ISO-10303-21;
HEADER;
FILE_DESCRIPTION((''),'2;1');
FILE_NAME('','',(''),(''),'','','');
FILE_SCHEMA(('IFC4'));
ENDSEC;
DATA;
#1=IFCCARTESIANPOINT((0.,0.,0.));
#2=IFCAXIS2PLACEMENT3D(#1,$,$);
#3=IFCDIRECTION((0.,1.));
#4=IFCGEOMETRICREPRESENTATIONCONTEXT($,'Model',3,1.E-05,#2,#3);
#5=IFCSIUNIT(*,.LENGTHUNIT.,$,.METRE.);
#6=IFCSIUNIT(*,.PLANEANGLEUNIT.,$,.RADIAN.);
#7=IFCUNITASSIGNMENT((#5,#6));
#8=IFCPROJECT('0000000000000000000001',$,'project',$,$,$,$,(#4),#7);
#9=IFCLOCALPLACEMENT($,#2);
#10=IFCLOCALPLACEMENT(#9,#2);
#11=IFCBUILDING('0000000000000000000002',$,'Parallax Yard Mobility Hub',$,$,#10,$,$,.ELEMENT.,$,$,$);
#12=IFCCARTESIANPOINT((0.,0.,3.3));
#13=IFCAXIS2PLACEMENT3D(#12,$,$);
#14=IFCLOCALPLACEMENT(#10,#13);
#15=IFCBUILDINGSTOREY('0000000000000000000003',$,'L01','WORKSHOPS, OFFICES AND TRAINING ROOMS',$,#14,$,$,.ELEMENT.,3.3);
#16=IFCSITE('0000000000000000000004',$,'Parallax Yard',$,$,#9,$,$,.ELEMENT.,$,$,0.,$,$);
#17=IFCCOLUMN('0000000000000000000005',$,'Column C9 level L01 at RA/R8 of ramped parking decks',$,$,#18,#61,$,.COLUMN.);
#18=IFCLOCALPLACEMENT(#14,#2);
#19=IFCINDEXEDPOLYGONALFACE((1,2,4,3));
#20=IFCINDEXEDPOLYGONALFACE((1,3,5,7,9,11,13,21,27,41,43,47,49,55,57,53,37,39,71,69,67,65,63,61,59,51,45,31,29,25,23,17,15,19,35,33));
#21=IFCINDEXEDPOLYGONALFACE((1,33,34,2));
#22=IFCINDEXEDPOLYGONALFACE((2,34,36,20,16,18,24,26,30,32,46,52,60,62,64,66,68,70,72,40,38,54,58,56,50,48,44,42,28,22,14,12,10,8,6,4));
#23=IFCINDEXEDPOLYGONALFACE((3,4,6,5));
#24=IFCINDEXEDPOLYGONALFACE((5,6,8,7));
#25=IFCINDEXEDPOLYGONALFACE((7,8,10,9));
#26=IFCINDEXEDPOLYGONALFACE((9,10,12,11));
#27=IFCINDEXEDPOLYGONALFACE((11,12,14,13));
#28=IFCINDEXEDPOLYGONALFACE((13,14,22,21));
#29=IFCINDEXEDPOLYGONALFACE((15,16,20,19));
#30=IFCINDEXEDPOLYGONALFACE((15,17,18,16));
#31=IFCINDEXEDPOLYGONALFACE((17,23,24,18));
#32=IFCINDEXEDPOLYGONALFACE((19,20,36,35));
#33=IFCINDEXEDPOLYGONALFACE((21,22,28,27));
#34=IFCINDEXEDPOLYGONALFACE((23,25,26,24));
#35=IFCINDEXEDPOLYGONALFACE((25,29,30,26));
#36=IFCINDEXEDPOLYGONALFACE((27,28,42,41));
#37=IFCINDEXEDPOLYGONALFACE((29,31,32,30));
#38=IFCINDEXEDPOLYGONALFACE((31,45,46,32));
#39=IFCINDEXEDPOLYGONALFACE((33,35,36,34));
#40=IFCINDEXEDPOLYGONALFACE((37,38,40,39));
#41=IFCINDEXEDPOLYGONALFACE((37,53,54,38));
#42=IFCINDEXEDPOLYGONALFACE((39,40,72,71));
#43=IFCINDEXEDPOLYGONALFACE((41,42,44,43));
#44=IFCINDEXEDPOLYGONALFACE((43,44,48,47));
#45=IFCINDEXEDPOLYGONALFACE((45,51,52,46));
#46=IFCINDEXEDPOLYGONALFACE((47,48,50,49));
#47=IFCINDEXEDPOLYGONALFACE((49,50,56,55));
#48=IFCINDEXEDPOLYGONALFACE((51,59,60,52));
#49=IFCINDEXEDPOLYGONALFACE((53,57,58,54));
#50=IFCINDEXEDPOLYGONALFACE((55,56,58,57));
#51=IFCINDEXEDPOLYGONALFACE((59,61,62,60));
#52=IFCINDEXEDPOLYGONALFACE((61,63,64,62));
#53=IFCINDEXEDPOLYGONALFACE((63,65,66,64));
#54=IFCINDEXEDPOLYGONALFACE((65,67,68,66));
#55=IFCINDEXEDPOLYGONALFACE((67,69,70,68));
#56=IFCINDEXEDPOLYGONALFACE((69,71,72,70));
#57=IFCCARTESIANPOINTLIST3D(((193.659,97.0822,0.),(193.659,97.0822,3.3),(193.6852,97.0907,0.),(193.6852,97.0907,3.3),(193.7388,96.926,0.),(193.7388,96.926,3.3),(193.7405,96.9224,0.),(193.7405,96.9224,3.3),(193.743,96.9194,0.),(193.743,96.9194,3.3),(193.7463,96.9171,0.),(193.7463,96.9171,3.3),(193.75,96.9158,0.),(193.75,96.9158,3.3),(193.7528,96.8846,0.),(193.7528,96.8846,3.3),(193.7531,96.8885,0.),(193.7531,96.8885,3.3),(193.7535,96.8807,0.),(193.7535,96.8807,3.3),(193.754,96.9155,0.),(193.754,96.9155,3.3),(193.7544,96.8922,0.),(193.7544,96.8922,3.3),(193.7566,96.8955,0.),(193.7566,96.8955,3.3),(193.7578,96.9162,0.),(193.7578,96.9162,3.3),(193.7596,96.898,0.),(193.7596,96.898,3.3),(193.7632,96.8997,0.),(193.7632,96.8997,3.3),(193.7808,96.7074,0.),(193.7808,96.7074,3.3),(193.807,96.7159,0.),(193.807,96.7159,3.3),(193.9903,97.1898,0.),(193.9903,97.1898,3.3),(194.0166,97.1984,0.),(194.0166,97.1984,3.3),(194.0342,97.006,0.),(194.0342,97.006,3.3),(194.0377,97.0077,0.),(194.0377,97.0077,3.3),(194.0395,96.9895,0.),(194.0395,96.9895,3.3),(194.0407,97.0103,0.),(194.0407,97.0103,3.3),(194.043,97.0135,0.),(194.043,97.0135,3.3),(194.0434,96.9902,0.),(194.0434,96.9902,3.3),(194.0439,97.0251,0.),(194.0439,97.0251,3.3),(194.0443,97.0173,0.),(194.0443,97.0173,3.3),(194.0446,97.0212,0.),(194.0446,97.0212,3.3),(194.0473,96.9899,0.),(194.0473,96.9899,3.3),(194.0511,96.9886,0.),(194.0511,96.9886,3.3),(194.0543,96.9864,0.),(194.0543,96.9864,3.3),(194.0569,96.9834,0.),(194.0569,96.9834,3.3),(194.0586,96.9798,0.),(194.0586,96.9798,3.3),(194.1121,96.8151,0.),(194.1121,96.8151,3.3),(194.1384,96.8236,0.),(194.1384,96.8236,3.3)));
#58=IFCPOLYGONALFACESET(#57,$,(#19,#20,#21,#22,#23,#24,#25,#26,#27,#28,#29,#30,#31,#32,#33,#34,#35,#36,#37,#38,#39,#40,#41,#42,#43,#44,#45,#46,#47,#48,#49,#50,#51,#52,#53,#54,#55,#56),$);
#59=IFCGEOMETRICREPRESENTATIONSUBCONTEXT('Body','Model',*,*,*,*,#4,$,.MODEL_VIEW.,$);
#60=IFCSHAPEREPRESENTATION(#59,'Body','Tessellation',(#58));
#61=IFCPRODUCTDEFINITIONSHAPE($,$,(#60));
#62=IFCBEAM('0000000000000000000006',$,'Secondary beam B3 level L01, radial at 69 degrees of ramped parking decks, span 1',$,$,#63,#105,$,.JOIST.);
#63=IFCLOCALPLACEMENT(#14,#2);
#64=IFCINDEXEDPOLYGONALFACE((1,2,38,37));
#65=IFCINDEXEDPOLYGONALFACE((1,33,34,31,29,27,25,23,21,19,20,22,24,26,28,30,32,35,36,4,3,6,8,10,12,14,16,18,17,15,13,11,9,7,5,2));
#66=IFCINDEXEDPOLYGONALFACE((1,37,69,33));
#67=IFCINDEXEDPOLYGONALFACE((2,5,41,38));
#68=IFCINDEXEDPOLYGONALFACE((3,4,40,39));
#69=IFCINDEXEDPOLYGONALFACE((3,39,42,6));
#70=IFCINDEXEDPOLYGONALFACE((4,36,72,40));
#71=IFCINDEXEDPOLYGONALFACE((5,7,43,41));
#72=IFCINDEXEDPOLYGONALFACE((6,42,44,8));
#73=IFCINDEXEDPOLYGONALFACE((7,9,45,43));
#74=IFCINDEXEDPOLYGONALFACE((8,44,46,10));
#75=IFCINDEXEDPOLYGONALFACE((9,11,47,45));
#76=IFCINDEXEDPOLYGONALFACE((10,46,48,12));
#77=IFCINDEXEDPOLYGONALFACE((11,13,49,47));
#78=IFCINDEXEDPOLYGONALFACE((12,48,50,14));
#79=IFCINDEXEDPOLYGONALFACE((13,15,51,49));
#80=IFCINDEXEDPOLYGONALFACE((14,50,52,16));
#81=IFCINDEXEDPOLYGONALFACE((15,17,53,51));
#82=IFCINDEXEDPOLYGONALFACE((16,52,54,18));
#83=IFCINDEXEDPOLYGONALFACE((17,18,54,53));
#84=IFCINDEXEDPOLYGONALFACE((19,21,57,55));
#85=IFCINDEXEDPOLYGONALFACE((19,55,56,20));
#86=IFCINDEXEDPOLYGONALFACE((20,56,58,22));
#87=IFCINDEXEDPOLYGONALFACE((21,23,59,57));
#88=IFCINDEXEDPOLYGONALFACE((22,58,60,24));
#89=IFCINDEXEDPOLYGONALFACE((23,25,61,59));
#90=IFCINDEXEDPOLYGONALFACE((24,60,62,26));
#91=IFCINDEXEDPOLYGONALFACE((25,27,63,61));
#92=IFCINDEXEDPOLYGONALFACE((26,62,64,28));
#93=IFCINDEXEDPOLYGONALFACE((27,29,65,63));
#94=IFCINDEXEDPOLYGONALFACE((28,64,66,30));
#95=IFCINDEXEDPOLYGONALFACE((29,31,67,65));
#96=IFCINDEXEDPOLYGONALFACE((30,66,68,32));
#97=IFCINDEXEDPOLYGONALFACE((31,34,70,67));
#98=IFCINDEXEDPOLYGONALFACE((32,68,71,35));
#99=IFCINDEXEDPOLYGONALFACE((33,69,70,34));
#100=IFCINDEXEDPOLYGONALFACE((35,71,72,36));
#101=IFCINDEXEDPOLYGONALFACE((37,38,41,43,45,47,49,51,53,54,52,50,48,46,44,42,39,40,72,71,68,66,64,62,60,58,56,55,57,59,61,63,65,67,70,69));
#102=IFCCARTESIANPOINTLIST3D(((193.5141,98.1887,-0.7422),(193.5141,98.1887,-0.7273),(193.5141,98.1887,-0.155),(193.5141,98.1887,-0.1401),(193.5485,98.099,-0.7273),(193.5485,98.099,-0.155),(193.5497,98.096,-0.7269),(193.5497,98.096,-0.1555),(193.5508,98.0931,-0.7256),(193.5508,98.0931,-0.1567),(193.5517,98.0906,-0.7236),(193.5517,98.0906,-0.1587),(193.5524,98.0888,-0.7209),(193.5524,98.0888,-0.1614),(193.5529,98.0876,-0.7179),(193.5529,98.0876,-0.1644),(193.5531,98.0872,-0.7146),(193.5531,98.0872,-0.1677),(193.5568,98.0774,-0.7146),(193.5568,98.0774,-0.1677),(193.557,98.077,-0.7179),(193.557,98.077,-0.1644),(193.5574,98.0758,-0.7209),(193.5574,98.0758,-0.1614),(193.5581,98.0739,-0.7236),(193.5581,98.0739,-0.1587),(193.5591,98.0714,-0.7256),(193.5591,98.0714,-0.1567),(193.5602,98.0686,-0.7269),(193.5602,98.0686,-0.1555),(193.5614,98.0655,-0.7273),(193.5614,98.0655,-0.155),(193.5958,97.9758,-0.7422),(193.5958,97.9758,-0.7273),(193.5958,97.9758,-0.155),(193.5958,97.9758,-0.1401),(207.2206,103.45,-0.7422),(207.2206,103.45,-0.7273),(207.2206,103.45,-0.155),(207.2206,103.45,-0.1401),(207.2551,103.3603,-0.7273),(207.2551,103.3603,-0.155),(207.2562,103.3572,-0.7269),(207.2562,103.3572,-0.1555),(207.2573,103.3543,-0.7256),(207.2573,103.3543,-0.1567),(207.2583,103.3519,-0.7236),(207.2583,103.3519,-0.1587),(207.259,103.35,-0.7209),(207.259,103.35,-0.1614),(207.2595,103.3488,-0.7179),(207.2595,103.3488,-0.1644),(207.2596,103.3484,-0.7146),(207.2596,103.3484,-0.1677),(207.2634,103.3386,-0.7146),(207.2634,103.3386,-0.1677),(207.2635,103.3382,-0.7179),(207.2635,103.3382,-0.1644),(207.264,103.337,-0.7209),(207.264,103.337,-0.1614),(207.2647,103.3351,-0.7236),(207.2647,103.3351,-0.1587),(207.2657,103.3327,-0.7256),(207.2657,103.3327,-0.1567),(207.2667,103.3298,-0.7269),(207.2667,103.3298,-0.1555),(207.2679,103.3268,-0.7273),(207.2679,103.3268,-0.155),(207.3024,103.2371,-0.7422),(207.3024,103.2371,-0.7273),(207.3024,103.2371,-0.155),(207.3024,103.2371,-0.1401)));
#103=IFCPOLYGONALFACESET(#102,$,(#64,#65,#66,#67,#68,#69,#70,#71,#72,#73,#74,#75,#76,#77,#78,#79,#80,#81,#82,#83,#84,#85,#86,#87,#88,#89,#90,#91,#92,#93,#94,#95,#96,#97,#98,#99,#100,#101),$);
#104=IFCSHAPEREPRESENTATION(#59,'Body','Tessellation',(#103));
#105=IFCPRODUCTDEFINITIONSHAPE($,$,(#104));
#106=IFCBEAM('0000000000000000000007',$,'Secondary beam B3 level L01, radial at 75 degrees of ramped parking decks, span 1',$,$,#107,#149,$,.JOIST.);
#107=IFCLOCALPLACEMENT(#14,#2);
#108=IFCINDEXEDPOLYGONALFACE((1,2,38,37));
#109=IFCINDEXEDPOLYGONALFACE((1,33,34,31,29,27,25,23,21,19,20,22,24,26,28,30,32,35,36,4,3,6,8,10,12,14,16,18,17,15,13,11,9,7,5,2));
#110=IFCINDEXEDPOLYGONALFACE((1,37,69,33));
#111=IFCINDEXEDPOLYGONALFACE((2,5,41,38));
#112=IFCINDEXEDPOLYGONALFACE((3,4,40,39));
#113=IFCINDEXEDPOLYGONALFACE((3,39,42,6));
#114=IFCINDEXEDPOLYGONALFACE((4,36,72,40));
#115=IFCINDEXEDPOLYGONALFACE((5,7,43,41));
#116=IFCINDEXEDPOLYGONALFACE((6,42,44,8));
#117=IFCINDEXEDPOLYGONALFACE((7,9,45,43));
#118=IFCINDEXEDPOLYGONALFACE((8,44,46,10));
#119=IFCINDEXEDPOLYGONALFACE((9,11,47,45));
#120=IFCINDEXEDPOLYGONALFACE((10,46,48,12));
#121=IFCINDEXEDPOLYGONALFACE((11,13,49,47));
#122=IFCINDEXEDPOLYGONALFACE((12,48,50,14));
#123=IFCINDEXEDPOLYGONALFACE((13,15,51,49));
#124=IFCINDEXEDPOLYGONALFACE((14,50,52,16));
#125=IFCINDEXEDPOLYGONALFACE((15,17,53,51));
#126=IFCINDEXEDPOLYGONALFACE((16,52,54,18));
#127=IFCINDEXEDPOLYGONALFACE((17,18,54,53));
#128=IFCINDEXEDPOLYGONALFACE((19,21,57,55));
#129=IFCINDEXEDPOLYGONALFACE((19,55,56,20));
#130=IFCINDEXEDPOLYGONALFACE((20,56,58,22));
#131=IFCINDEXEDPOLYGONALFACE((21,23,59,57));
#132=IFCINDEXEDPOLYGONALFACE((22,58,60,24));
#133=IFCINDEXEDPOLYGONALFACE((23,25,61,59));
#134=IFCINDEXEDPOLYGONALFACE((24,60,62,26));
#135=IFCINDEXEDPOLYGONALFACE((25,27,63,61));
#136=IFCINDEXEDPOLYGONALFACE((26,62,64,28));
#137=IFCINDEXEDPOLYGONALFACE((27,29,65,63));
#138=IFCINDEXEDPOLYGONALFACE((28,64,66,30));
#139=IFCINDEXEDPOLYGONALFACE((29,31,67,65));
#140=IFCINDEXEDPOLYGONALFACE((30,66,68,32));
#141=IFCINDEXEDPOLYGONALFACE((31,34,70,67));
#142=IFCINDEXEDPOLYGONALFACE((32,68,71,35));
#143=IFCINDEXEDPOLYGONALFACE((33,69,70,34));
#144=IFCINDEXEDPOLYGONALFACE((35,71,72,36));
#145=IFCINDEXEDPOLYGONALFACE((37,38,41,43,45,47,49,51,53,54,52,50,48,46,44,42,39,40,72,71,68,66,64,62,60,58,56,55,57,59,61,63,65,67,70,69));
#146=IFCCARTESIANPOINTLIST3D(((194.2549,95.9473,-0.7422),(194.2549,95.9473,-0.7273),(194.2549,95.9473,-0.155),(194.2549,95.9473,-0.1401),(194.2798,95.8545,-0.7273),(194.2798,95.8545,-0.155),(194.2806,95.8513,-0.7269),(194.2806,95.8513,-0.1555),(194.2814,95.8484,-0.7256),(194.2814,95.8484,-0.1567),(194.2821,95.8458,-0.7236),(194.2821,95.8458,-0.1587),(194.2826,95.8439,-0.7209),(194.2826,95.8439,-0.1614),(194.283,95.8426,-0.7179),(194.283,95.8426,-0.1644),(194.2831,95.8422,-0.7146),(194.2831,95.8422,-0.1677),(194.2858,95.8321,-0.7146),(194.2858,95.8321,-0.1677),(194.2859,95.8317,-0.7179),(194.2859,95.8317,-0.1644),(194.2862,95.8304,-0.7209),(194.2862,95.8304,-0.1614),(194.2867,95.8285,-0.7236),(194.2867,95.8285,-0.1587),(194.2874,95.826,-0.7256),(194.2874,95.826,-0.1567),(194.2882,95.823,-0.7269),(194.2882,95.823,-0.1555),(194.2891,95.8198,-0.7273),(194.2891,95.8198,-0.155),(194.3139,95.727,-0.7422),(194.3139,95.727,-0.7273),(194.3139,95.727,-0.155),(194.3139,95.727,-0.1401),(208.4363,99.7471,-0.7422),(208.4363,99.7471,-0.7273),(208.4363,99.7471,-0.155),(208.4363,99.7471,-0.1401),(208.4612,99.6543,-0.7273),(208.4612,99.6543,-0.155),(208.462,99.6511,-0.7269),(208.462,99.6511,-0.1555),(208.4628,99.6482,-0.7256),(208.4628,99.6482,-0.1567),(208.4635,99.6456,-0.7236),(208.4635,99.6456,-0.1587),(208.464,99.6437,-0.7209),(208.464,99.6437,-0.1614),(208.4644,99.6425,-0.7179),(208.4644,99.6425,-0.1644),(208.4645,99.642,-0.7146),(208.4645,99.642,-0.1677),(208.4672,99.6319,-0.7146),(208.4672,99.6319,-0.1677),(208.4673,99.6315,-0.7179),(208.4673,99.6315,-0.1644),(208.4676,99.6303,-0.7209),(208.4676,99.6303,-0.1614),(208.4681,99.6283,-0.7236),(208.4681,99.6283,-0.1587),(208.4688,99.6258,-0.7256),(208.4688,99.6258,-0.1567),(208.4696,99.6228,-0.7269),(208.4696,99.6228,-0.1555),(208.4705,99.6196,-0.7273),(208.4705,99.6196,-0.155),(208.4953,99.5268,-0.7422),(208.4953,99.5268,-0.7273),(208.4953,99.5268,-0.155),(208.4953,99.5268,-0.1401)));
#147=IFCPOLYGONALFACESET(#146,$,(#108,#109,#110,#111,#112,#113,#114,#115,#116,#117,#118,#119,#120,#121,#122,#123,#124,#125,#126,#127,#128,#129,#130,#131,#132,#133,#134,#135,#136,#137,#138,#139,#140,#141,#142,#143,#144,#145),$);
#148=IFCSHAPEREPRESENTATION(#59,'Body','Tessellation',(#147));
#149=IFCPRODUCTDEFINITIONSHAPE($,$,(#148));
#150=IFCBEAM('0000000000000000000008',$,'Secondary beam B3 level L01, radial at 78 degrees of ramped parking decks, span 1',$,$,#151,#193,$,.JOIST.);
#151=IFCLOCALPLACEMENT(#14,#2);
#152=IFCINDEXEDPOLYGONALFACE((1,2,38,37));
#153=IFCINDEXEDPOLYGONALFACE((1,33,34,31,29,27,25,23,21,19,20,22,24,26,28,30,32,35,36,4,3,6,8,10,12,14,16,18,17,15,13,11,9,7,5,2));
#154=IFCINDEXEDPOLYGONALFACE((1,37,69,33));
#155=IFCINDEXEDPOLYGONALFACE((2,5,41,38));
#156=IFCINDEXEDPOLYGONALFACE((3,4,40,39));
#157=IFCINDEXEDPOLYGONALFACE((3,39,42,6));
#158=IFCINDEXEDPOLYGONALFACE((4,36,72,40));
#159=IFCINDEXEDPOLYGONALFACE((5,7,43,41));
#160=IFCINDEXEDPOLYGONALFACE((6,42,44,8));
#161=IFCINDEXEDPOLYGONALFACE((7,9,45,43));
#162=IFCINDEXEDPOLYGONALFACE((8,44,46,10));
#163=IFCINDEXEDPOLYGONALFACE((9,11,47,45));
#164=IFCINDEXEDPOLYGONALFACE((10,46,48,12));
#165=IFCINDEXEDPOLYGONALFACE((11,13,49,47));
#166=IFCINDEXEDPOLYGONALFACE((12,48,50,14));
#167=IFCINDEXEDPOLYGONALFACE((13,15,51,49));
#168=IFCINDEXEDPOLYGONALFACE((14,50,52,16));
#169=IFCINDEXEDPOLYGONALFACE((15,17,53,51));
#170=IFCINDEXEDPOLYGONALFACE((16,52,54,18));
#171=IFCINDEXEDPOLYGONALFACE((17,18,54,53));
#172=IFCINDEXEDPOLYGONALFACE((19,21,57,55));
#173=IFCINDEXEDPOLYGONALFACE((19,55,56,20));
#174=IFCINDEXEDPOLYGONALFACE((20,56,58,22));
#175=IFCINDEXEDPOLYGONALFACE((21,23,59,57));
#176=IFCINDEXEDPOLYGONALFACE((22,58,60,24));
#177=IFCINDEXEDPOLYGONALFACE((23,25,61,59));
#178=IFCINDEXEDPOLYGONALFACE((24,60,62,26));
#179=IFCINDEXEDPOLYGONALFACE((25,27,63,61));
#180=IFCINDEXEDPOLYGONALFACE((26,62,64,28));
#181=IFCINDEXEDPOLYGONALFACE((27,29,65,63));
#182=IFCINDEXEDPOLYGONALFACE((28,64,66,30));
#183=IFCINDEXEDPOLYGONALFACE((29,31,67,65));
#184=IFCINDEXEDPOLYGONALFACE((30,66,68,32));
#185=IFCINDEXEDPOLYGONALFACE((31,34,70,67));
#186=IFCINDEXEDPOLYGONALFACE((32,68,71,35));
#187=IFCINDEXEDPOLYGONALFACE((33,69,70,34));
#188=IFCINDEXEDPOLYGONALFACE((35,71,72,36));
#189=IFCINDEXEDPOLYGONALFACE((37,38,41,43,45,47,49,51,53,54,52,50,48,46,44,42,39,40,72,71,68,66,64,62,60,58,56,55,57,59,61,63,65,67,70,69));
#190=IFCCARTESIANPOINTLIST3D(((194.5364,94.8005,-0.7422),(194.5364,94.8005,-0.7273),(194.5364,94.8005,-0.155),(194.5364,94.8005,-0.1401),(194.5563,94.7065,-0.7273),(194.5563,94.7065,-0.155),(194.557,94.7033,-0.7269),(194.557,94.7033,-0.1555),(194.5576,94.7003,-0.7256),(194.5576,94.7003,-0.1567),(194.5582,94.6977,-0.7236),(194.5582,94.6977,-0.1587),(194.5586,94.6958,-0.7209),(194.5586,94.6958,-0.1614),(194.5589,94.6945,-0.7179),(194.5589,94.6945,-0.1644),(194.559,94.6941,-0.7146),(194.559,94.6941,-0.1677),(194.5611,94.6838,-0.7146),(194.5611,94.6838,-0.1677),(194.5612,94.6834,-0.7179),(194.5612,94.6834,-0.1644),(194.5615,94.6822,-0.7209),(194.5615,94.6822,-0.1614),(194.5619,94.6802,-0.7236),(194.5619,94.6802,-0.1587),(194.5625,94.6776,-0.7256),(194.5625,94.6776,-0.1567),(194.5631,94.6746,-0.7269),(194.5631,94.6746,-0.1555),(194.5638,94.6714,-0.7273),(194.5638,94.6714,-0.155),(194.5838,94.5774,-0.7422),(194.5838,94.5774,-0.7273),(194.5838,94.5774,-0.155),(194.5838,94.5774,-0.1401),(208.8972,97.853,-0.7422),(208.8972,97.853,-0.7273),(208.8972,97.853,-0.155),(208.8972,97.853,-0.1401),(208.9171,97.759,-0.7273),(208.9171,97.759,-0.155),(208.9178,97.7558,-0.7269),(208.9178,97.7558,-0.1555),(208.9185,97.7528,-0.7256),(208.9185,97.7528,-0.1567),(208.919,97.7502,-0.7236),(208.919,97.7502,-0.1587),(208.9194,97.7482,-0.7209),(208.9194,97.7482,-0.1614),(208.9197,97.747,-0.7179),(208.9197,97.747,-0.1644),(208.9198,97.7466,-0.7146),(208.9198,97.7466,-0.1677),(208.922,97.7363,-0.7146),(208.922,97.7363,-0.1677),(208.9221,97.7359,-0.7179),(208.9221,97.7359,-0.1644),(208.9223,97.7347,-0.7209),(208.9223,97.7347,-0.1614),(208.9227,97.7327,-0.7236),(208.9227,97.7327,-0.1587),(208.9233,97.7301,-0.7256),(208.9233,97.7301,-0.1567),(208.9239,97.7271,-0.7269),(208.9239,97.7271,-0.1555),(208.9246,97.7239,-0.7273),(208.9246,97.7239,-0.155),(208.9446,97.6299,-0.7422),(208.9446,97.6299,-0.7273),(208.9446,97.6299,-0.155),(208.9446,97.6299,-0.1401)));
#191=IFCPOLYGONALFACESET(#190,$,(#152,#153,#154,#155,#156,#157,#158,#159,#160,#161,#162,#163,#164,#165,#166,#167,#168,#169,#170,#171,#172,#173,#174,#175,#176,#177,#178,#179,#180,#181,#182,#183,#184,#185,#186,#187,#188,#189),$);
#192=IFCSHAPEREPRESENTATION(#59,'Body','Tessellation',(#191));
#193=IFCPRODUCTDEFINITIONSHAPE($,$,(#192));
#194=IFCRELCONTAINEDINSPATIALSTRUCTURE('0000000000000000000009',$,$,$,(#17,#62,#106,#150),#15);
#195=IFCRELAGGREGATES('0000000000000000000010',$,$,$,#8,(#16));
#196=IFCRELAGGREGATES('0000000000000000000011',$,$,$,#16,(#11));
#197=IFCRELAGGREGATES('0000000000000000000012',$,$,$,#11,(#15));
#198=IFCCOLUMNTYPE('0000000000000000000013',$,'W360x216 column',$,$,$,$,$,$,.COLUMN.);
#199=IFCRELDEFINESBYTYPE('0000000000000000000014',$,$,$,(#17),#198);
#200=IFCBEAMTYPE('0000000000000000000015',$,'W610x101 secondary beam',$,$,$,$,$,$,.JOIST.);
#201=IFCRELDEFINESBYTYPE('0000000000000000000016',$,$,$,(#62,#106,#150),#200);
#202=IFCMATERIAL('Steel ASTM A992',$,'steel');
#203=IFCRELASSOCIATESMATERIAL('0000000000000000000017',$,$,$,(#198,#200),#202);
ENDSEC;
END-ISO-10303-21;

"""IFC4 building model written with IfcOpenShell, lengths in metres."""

from ifc_helpers import new_model, si_unit, direction, frame, origin, origin_2d, place, context, subcontext, project, spatial, i_section, extrude, material, material_profile, profile_set, type_object, element, save


model = new_model("IFC4")

# Units and contexts
model_context = context("Model", 3, precision=1e-05, world=origin(), true_north=direction((0.0, 1.0)))
body_context = subcontext(model_context, "Body", "Model", "MODEL_VIEW")
ifc_project = project(units=[si_unit("LENGTHUNIT", "METRE"), si_unit("PLANEANGLEUNIT", "RADIAN")], contexts=[model_context])

# Site, building, storey
site_placement = place(None, origin())
site = spatial("IfcSite", under=ifc_project, at=site_placement, Name="Parallax Yard", CompositionType="ELEMENT", RefElevation=0.0)
building_placement = place(site_placement, origin())
building = spatial("IfcBuilding", under=site, at=building_placement, Name="Parallax Yard Mobility Hub", CompositionType="ELEMENT")
storey_placement = place(building_placement, frame((0.0, 0.0, 3.3)))
storey = spatial("IfcBuildingStorey", under=building, at=storey_placement, Name="L01", Description="WORKSHOPS, OFFICES AND TRAINING ROOMS", CompositionType="ELEMENT", Elevation=3.3)

# Column
ifc_material_1 = material(Name="Steel ASTM A992", Category="steel")
ifc_material_profile_1 = material_profile(ifc_material_1, i_section(OverallWidth=0.394, OverallDepth=0.376, WebThickness=0.0173, FlangeThickness=0.0276, FilletRadius=0.0151, at=origin_2d()), Name="W360x216")
ifc_profile_set_1 = profile_set([ifc_material_profile_1], Name="Steel ASTM A992")
column_type = type_object("IfcColumnType", Name="W360x216 column", PredefinedType="COLUMN", material=ifc_profile_set_1)
column_placement = place(storey_placement, frame((193.8987, 96.9529, 0.0), z_axis=(0.0, 0.0, 1.0), x_axis=(-0.309017, 0.951057, 0.0)))
element("IfcColumn", 1, at=column_placement, inside=storey, type_object=column_type, Name="Column C9 level L01 at RA/R8 of ramped parking decks", PredefinedType="COLUMN", context=body_context, shape_type="SweptSolid", body=[
    extrude(i_section(OverallWidth=0.394, OverallDepth=0.376, WebThickness=0.0173, FlangeThickness=0.0276, FilletRadius=0.0151, at=origin_2d()), origin(), (0.0, 0.0, 1.0), 3.3),
])

# Beams
ifc_material_profile_2 = material_profile(ifc_material_1, i_section(OverallWidth=0.228, OverallDepth=0.6021, WebThickness=0.0105, FlangeThickness=0.0149, FilletRadius=0.0127, at=origin_2d()), Name="W610x101")
ifc_profile_set_2 = profile_set([ifc_material_profile_2], Name="Steel ASTM A992")
beam_type_1 = type_object("IfcBeamType", Name="W610x101 secondary beam", PredefinedType="JOIST", material=ifc_profile_set_2)
for number, where, z_axis, x_axis, name in (
    (2, (193.5549, 98.0823, -0.4412), (0.933585, 0.358355, 0.0), (-0.358355, 0.933585, 0.0), "Secondary beam B3 level L01, radial at 69 degrees of ramped parking decks, span 1"),
    (3, (194.2844, 95.8372, -0.4412), (0.965927, 0.258813, 0.0), (-0.258813, 0.965927, 0.0), "Secondary beam B3 level L01, radial at 75 degrees of ramped parking decks, span 1"),
    (4, (194.5601, 94.689, -0.4412), (0.978148, 0.207912, 0.0), (-0.207912, 0.978148, 0.0), "Secondary beam B3 level L01, radial at 78 degrees of ramped parking decks, span 1"),
):
    element("IfcBeam", number, at=place(storey_placement, frame(where, z_axis=z_axis, x_axis=x_axis)), inside=storey, type_object=beam_type_1, Name=name, PredefinedType="JOIST", context=body_context, shape_type="SweptSolid", body=[
        extrude(i_section(OverallWidth=0.228, OverallDepth=0.6021, WebThickness=0.0105, FlangeThickness=0.0149, FilletRadius=0.0127, at=origin_2d()), origin(), (0.0, 0.0, 1.0), 14.6816),
    ])

save(model, "model.ifc")
